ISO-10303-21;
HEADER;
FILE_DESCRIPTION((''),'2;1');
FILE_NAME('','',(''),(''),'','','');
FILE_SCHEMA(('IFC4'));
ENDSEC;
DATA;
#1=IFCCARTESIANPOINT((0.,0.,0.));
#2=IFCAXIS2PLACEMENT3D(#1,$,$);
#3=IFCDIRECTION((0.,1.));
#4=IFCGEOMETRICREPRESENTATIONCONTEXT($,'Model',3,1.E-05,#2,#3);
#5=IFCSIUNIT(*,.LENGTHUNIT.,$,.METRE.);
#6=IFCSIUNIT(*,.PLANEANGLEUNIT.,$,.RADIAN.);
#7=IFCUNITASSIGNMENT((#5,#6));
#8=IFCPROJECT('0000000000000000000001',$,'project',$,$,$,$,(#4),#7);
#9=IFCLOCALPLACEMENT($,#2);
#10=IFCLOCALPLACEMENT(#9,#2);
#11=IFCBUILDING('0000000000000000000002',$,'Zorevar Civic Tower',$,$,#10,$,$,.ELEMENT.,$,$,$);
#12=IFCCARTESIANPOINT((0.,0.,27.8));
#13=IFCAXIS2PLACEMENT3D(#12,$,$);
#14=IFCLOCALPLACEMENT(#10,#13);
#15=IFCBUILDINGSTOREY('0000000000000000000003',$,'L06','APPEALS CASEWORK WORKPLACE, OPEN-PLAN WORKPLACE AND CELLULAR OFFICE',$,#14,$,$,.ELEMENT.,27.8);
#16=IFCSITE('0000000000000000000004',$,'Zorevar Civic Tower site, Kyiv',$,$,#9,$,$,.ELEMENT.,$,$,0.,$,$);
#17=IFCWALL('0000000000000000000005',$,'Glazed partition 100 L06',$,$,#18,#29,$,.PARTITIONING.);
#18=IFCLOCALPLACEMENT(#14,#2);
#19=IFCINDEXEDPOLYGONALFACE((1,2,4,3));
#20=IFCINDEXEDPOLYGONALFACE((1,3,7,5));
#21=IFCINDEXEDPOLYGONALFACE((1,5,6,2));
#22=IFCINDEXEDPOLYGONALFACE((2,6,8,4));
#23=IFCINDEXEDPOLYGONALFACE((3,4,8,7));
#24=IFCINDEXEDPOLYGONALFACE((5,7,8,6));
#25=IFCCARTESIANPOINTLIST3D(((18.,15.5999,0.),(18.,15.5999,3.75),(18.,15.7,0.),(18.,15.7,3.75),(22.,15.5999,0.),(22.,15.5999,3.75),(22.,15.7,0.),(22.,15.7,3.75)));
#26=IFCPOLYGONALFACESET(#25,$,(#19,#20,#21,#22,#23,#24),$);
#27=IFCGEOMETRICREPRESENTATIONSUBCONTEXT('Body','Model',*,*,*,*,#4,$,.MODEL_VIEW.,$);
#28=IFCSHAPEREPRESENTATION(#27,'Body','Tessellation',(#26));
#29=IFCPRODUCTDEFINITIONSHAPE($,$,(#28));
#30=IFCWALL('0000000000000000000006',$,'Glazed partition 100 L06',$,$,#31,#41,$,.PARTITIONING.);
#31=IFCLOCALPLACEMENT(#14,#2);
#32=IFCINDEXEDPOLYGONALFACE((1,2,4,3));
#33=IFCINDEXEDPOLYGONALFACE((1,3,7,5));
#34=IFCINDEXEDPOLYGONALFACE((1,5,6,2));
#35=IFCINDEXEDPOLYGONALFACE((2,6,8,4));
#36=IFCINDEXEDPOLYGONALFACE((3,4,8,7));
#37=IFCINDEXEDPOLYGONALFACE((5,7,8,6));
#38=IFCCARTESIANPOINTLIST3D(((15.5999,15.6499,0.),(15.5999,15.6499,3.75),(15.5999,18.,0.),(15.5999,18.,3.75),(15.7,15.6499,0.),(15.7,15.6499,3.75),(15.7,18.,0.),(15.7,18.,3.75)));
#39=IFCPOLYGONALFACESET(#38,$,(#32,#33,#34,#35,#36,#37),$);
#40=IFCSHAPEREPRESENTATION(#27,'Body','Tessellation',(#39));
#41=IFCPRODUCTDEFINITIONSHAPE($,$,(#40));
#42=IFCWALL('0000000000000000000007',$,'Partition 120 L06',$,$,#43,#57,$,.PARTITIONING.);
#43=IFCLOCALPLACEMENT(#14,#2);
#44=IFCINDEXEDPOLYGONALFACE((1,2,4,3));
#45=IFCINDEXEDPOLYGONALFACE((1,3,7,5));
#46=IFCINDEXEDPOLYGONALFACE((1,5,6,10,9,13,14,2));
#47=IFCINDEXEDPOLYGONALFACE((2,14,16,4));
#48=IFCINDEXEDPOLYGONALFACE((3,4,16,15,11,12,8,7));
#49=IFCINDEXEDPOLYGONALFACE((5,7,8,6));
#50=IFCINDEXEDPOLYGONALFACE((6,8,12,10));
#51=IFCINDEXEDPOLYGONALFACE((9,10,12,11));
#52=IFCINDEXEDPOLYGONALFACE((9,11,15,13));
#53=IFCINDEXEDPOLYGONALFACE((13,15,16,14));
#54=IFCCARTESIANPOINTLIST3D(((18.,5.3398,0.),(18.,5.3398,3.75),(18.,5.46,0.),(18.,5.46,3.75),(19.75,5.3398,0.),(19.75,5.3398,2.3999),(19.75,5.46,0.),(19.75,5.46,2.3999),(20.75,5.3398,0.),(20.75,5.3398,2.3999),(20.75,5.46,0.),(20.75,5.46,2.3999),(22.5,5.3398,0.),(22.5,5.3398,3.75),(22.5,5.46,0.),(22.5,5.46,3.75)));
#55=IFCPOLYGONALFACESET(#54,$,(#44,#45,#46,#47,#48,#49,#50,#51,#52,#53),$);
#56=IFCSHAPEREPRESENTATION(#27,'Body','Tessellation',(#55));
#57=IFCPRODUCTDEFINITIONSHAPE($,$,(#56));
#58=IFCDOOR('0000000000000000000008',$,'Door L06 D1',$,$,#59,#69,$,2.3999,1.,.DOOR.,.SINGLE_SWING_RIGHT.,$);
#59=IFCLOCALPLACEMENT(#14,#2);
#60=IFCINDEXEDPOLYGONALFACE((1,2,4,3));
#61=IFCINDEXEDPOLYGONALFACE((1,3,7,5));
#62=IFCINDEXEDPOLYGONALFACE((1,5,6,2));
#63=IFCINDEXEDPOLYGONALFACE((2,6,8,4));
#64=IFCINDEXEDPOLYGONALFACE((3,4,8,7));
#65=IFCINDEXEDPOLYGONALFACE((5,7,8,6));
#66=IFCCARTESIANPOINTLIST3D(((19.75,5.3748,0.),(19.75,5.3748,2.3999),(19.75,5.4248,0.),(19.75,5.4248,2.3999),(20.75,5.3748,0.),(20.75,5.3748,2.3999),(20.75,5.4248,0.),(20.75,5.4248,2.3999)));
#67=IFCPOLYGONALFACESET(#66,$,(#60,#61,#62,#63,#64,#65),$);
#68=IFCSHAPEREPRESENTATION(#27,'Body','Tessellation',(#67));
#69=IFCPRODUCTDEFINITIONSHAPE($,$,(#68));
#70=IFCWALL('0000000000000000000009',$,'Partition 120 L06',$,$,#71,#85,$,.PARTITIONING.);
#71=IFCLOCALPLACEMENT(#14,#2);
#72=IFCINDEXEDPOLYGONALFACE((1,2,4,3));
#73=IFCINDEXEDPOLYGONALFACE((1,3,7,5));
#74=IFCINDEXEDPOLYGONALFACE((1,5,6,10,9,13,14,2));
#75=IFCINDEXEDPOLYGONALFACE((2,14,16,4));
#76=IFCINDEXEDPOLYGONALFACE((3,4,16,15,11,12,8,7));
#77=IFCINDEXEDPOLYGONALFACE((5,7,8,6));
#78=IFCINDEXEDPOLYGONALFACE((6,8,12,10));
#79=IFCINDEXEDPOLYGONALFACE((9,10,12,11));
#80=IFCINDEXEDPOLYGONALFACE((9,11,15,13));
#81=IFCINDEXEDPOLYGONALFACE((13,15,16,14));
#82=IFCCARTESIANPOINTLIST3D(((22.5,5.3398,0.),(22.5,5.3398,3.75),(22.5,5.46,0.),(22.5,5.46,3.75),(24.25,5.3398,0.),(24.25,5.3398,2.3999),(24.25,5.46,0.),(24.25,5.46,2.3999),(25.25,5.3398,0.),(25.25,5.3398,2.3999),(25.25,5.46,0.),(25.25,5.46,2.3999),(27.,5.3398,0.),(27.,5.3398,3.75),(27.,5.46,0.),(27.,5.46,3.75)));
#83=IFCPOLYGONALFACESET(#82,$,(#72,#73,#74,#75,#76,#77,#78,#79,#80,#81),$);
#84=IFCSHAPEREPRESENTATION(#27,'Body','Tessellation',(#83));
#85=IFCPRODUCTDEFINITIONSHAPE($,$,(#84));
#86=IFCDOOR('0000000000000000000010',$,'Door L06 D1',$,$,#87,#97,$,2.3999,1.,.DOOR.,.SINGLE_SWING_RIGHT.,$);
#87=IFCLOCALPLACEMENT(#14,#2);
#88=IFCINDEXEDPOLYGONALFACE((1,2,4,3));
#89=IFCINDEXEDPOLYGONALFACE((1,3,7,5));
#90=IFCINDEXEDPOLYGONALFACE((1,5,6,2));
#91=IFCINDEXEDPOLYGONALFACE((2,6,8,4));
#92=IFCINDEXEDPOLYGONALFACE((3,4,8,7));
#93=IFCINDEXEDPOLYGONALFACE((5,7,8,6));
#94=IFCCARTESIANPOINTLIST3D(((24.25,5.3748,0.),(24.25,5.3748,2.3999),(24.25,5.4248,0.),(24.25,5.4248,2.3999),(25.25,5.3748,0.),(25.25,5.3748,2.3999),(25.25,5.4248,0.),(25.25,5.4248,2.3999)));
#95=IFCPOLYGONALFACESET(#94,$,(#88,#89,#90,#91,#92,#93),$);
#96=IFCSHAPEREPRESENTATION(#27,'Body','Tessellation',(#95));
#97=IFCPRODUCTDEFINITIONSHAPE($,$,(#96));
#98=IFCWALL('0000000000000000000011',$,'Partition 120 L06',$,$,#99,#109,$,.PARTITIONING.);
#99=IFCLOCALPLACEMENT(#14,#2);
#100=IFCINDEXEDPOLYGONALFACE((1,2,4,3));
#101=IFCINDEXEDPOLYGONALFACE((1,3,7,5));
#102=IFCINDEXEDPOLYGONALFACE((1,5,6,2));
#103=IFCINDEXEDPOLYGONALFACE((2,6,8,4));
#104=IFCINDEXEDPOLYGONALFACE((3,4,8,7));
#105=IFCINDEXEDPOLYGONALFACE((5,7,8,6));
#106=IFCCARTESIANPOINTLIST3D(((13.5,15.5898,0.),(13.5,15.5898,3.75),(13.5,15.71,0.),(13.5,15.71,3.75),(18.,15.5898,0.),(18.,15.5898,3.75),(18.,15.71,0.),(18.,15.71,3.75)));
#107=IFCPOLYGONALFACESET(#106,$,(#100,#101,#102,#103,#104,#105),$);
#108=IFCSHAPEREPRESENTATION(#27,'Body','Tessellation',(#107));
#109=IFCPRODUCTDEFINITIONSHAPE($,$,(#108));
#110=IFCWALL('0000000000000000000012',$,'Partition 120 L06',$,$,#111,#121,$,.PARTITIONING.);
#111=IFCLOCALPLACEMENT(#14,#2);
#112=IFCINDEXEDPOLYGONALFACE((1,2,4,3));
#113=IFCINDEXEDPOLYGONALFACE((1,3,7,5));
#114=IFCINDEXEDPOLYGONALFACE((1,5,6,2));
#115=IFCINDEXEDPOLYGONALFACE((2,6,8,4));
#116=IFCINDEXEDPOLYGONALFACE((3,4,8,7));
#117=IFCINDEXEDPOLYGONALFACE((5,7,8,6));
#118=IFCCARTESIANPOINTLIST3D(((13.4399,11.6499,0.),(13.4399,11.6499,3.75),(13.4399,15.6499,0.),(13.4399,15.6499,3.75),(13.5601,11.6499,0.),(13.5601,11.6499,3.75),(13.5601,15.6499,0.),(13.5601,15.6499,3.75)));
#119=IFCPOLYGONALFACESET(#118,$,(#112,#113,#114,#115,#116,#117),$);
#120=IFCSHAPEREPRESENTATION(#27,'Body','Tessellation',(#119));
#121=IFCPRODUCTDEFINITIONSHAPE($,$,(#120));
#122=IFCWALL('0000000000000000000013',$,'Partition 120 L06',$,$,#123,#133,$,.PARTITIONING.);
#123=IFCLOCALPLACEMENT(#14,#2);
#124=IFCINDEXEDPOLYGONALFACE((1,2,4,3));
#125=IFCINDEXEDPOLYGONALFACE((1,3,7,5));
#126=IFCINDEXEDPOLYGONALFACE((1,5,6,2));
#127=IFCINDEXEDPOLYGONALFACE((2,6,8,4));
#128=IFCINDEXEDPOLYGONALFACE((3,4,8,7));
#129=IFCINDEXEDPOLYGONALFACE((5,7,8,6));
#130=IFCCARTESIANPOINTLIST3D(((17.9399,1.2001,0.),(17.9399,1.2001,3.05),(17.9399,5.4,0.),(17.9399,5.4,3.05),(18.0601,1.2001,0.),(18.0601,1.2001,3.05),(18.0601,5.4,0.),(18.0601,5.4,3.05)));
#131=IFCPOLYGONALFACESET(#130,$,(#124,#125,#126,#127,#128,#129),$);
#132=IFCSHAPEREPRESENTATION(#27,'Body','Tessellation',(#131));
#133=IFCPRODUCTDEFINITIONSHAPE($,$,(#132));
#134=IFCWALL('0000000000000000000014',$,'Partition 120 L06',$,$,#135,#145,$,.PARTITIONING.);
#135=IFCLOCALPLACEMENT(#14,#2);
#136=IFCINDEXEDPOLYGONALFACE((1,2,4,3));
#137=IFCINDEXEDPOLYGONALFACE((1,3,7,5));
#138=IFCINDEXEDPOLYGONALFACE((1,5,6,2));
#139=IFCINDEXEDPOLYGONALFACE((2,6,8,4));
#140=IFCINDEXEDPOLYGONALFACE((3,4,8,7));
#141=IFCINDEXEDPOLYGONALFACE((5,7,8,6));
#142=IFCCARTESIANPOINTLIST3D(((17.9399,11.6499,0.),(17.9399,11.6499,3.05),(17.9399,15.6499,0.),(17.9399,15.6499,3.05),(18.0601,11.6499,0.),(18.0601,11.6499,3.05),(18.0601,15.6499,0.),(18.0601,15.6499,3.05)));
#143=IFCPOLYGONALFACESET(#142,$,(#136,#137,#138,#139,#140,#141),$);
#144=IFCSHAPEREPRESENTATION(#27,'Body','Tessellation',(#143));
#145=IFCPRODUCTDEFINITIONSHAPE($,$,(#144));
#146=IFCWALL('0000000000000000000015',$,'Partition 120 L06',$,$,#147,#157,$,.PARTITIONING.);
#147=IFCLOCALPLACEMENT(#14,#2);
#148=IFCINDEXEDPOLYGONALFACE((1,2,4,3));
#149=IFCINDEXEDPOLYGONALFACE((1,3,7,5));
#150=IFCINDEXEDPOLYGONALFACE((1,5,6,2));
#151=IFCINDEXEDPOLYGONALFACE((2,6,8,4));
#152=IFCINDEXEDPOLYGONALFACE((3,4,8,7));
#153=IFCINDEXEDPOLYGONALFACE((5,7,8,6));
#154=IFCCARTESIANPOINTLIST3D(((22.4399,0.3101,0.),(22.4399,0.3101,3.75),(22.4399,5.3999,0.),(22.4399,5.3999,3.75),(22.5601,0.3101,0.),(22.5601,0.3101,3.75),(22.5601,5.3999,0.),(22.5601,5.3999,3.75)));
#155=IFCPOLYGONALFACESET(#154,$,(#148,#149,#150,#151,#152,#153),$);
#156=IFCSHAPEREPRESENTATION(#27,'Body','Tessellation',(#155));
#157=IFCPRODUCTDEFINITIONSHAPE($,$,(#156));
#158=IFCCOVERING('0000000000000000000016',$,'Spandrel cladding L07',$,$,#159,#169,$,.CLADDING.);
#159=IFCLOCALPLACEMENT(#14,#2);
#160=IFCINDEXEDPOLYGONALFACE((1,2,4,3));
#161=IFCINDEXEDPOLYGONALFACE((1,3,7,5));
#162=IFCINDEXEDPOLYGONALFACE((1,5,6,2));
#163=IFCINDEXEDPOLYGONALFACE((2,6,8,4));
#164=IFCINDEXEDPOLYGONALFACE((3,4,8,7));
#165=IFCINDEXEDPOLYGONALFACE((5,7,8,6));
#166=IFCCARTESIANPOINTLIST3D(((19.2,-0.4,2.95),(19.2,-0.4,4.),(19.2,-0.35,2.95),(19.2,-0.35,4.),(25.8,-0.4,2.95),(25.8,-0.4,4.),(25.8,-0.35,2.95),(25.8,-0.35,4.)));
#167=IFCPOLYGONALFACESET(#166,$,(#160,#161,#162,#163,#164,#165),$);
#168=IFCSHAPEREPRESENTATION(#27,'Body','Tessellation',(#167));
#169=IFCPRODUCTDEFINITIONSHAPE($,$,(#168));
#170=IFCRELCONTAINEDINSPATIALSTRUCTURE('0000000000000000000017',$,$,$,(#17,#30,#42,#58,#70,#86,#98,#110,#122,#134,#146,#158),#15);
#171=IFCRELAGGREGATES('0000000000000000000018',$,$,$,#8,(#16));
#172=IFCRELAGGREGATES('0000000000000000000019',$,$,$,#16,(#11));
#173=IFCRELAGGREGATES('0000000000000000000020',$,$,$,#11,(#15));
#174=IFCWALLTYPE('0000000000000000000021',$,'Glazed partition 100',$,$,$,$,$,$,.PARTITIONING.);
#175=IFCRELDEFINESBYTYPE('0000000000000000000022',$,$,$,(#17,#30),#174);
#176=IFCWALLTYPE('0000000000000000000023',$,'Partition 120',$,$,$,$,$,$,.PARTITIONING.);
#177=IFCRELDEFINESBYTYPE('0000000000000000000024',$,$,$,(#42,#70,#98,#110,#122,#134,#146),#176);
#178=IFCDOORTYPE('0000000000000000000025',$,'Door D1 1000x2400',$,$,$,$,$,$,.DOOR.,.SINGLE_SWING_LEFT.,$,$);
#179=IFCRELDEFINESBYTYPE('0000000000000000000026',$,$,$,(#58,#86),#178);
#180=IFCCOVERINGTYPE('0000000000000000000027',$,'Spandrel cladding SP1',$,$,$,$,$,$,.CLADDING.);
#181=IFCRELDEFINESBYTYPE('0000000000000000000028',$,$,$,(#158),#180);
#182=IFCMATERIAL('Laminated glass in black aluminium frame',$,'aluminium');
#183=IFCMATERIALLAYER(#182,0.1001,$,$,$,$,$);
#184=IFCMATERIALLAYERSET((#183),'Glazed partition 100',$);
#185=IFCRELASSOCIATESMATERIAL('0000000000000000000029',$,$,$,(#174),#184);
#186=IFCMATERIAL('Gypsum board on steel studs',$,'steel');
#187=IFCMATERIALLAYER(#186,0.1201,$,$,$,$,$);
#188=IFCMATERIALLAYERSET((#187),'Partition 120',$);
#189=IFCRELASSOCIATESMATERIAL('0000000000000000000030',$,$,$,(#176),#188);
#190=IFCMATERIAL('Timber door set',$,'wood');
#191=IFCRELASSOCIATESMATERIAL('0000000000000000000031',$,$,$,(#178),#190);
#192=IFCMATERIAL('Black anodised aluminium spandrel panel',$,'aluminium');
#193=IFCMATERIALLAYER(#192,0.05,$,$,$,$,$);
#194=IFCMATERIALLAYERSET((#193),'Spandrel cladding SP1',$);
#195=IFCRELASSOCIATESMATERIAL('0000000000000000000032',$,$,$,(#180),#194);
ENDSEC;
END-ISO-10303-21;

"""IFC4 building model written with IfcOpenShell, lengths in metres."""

from ifc_helpers import new_model, si_unit, direction, frame, frame_2d, origin, place, context, subcontext, project, spatial, rectangle, extrude, material, layer, layer_set, type_object, element, fill, save


model = new_model("IFC4")

# Units and contexts
model_context = context("Model", 3, precision=1e-05, world=origin(), true_north=direction((0.0, 1.0)))
body_context = subcontext(model_context, "Body", "Model", "MODEL_VIEW")
ifc_project = project(units=[si_unit("LENGTHUNIT", "METRE"), si_unit("PLANEANGLEUNIT", "RADIAN")], contexts=[model_context])

# Site, building, storey
site_placement = place(None, origin())
site = spatial("IfcSite", under=ifc_project, at=site_placement, Name="Zorevar Civic Tower site, Kyiv", CompositionType="ELEMENT", RefElevation=0.0)
building_placement = place(site_placement, origin())
building = spatial("IfcBuilding", under=site, at=building_placement, Name="Zorevar Civic Tower", CompositionType="ELEMENT")
storey_placement = place(building_placement, frame((0.0, 0.0, 27.8)))
storey = spatial("IfcBuildingStorey", under=building, at=storey_placement, Name="L06", Description="APPEALS CASEWORK WORKPLACE, OPEN-PLAN WORKPLACE AND CELLULAR OFFICE", CompositionType="ELEMENT", Elevation=27.8)

# Walls
ifc_material_1 = material(Name="Laminated glass in black aluminium frame", Category="aluminium")
ifc_layer_1 = layer(ifc_material_1, 0.1001)
ifc_layer_set_1 = layer_set([ifc_layer_1], Name="Glazed partition 100")
wall_type_1 = type_object("IfcWallType", Name="Glazed partition 100", PredefinedType="PARTITIONING", material=ifc_layer_set_1)
wall_1_placement = place(storey_placement, frame((18.0, 15.6499, 0.0), z_axis=(0.0, 0.0, 1.0), x_axis=(1.0, 0.0, 0.0)))
element("IfcWall", 1, at=wall_1_placement, inside=storey, type_object=wall_type_1, Name="Glazed partition 100 L06", PredefinedType="PARTITIONING", context=body_context, shape_type="SweptSolid", body=[
    extrude(rectangle(XDim=4.0, YDim=0.1001, at=frame_2d((2.0, 0.0))), origin(), (0.0, 0.0, 1.0), 3.75),
])
wall_2_placement = place(storey_placement, frame((15.6499, 15.6499, 0.0), z_axis=(0.0, 0.0, 1.0), x_axis=(0.0, 1.0, 0.0)))
element("IfcWall", 2, at=wall_2_placement, inside=storey, type_object=wall_type_1, Name="Glazed partition 100 L06", PredefinedType="PARTITIONING", context=body_context, shape_type="SweptSolid", body=[
    extrude(rectangle(XDim=2.3501, YDim=0.1001, at=frame_2d((1.175, 0.0))), origin(), (0.0, 0.0, 1.0), 3.75),
])

# Walls, openings, doors
ifc_material_2 = material(Name="Gypsum board on steel studs", Category="steel")
ifc_layer_2 = layer(ifc_material_2, 0.1201)
ifc_layer_set_2 = layer_set([ifc_layer_2], Name="Partition 120")
wall_type_2 = type_object("IfcWallType", Name="Partition 120", PredefinedType="PARTITIONING", material=ifc_layer_set_2)
wall_3_placement = place(storey_placement, frame((18.0, 5.3999, 0.0), z_axis=(0.0, 0.0, 1.0), x_axis=(1.0, 0.0, 0.0)))
wall_3 = element("IfcWall", 3, at=wall_3_placement, inside=storey, type_object=wall_type_2, Name="Partition 120 L06", PredefinedType="PARTITIONING", context=body_context, shape_type="SweptSolid", body=[
    extrude(rectangle(XDim=4.5, YDim=0.1201, at=frame_2d((2.25, 0.0))), origin(), (0.0, 0.0, 1.0), 3.75),
])
opening_1_placement = place(wall_3_placement, frame((1.75, 0.0, 0.0)))
opening_1 = element("IfcOpeningElement", 4, at=opening_1_placement, cuts=wall_3, PredefinedType="OPENING", context=body_context, shape_type="SweptSolid", body=[
    extrude(rectangle(XDim=1.0, YDim=2.3999, at=frame_2d((0.5, 1.2))), frame((0.0, 0.0701, 0.0), z_axis=(0.0, -1.0, 0.0), x_axis=(1.0, 0.0, 0.0)), (0.0, 0.0, 1.0), 0.1401),
])
ifc_material_3 = material(Name="Timber door set", Category="wood")
door_type_1 = type_object("IfcDoorType", Name="Door D1 1000x2400", OperationType="SINGLE_SWING_LEFT", PredefinedType="DOOR", material=ifc_material_3)
door_1_placement = place(opening_1_placement, origin())
door_1 = element("IfcDoor", 5, at=door_1_placement, inside=storey, type_object=door_type_1, Name="Door L06 D1", OperationType="SINGLE_SWING_RIGHT", OverallHeight=2.3999, OverallWidth=1.0, PredefinedType="DOOR", context=body_context, shape_type="SweptSolid", body=[
    extrude(rectangle(XDim=1.0, YDim=2.3999, at=frame_2d((0.5, 1.2))), frame((0.0, 0.0249, 0.0), z_axis=(0.0, -1.0, 0.0), x_axis=(1.0, 0.0, 0.0)), (0.0, 0.0, 1.0), 0.05),
])
fill(opening_1, door_1)
wall_4_placement = place(storey_placement, frame((22.5, 5.3999, 0.0), z_axis=(0.0, 0.0, 1.0), x_axis=(1.0, 0.0, 0.0)))
wall_4 = element("IfcWall", 6, at=wall_4_placement, inside=storey, type_object=wall_type_2, Name="Partition 120 L06", PredefinedType="PARTITIONING", context=body_context, shape_type="SweptSolid", body=[
    extrude(rectangle(XDim=4.5, YDim=0.1201, at=frame_2d((2.25, 0.0))), origin(), (0.0, 0.0, 1.0), 3.75),
])
opening_2_placement = place(wall_4_placement, frame((1.75, 0.0, 0.0)))
opening_2 = element("IfcOpeningElement", 7, at=opening_2_placement, cuts=wall_4, PredefinedType="OPENING", context=body_context, shape_type="SweptSolid", body=[
    extrude(rectangle(XDim=1.0, YDim=2.3999, at=frame_2d((0.5, 1.2))), frame((0.0, 0.0701, 0.0), z_axis=(0.0, -1.0, 0.0), x_axis=(1.0, 0.0, 0.0)), (0.0, 0.0, 1.0), 0.1401),
])
door_2_placement = place(opening_2_placement, origin())
door_2 = element("IfcDoor", 8, at=door_2_placement, inside=storey, type_object=door_type_1, Name="Door L06 D1", OperationType="SINGLE_SWING_RIGHT", OverallHeight=2.3999, OverallWidth=1.0, PredefinedType="DOOR", context=body_context, shape_type="SweptSolid", body=[
    extrude(rectangle(XDim=1.0, YDim=2.3999, at=frame_2d((0.5, 1.2))), frame((0.0, 0.0249, 0.0), z_axis=(0.0, -1.0, 0.0), x_axis=(1.0, 0.0, 0.0)), (0.0, 0.0, 1.0), 0.05),
])
fill(opening_2, door_2)

# Walls
wall_5_placement = place(storey_placement, frame((13.5, 15.6499, 0.0), z_axis=(0.0, 0.0, 1.0), x_axis=(1.0, 0.0, 0.0)))
element("IfcWall", 9, at=wall_5_placement, inside=storey, type_object=wall_type_2, Name="Partition 120 L06", PredefinedType="PARTITIONING", context=body_context, shape_type="SweptSolid", body=[
    extrude(rectangle(XDim=4.5, YDim=0.1201, at=frame_2d((2.25, 0.0))), origin(), (0.0, 0.0, 1.0), 3.75),
])
wall_6_placement = place(storey_placement, frame((13.5, 11.6499, 0.0), z_axis=(0.0, 0.0, 1.0), x_axis=(0.0, 1.0, 0.0)))
element("IfcWall", 10, at=wall_6_placement, inside=storey, type_object=wall_type_2, Name="Partition 120 L06", PredefinedType="PARTITIONING", context=body_context, shape_type="SweptSolid", body=[
    extrude(rectangle(XDim=4.0, YDim=0.1201, at=frame_2d((2.0, 0.0))), origin(), (0.0, 0.0, 1.0), 3.75),
])
wall_7_placement = place(storey_placement, frame((18.0, 1.2, 0.0), z_axis=(0.0, 0.0, 1.0), x_axis=(0.0, 1.0, 0.0)))
element("IfcWall", 11, at=wall_7_placement, inside=storey, type_object=wall_type_2, Name="Partition 120 L06", PredefinedType="PARTITIONING", context=body_context, shape_type="SweptSolid", body=[
    extrude(rectangle(XDim=4.2, YDim=0.1201, at=frame_2d((2.1001, 0.0))), origin(), (0.0, 0.0, 1.0), 3.05),
])
wall_8_placement = place(storey_placement, frame((18.0, 11.6499, 0.0), z_axis=(0.0, 0.0, 1.0), x_axis=(0.0, 1.0, 0.0)))
element("IfcWall", 12, at=wall_8_placement, inside=storey, type_object=wall_type_2, Name="Partition 120 L06", PredefinedType="PARTITIONING", context=body_context, shape_type="SweptSolid", body=[
    extrude(rectangle(XDim=4.0, YDim=0.1201, at=frame_2d((2.0, 0.0))), origin(), (0.0, 0.0, 1.0), 3.05),
])
wall_9_placement = place(storey_placement, frame((22.5, 0.3101, 0.0), z_axis=(0.0, 0.0, 1.0), x_axis=(0.0, 1.0, 0.0)))
element("IfcWall", 13, at=wall_9_placement, inside=storey, type_object=wall_type_2, Name="Partition 120 L06", PredefinedType="PARTITIONING", context=body_context, shape_type="SweptSolid", body=[
    extrude(rectangle(XDim=5.0898, YDim=0.1201, at=frame_2d((2.5449, 0.0))), origin(), (0.0, 0.0, 1.0), 3.75),
])

# Covering
ifc_material_4 = material(Name="Black anodised aluminium spandrel panel", Category="aluminium")
ifc_layer_3 = layer(ifc_material_4, 0.05)
ifc_layer_set_3 = layer_set([ifc_layer_3], Name="Spandrel cladding SP1")
covering_type = type_object("IfcCoveringType", Name="Spandrel cladding SP1", PredefinedType="CLADDING", material=ifc_layer_set_3)
covering_placement = place(storey_placement, frame((19.2, -0.375, 2.95), z_axis=(0.0, 0.0, 1.0), x_axis=(1.0, 0.0, 0.0)))
element("IfcCovering", 14, at=covering_placement, inside=storey, type_object=covering_type, Name="Spandrel cladding L07", PredefinedType="CLADDING", context=body_context, shape_type="SweptSolid", body=[
    extrude(rectangle(XDim=6.6001, YDim=0.05, at=frame_2d((3.3, 0.0))), origin(), (0.0, 0.0, 1.0), 1.05),
])

save(model, "model.ifc")
